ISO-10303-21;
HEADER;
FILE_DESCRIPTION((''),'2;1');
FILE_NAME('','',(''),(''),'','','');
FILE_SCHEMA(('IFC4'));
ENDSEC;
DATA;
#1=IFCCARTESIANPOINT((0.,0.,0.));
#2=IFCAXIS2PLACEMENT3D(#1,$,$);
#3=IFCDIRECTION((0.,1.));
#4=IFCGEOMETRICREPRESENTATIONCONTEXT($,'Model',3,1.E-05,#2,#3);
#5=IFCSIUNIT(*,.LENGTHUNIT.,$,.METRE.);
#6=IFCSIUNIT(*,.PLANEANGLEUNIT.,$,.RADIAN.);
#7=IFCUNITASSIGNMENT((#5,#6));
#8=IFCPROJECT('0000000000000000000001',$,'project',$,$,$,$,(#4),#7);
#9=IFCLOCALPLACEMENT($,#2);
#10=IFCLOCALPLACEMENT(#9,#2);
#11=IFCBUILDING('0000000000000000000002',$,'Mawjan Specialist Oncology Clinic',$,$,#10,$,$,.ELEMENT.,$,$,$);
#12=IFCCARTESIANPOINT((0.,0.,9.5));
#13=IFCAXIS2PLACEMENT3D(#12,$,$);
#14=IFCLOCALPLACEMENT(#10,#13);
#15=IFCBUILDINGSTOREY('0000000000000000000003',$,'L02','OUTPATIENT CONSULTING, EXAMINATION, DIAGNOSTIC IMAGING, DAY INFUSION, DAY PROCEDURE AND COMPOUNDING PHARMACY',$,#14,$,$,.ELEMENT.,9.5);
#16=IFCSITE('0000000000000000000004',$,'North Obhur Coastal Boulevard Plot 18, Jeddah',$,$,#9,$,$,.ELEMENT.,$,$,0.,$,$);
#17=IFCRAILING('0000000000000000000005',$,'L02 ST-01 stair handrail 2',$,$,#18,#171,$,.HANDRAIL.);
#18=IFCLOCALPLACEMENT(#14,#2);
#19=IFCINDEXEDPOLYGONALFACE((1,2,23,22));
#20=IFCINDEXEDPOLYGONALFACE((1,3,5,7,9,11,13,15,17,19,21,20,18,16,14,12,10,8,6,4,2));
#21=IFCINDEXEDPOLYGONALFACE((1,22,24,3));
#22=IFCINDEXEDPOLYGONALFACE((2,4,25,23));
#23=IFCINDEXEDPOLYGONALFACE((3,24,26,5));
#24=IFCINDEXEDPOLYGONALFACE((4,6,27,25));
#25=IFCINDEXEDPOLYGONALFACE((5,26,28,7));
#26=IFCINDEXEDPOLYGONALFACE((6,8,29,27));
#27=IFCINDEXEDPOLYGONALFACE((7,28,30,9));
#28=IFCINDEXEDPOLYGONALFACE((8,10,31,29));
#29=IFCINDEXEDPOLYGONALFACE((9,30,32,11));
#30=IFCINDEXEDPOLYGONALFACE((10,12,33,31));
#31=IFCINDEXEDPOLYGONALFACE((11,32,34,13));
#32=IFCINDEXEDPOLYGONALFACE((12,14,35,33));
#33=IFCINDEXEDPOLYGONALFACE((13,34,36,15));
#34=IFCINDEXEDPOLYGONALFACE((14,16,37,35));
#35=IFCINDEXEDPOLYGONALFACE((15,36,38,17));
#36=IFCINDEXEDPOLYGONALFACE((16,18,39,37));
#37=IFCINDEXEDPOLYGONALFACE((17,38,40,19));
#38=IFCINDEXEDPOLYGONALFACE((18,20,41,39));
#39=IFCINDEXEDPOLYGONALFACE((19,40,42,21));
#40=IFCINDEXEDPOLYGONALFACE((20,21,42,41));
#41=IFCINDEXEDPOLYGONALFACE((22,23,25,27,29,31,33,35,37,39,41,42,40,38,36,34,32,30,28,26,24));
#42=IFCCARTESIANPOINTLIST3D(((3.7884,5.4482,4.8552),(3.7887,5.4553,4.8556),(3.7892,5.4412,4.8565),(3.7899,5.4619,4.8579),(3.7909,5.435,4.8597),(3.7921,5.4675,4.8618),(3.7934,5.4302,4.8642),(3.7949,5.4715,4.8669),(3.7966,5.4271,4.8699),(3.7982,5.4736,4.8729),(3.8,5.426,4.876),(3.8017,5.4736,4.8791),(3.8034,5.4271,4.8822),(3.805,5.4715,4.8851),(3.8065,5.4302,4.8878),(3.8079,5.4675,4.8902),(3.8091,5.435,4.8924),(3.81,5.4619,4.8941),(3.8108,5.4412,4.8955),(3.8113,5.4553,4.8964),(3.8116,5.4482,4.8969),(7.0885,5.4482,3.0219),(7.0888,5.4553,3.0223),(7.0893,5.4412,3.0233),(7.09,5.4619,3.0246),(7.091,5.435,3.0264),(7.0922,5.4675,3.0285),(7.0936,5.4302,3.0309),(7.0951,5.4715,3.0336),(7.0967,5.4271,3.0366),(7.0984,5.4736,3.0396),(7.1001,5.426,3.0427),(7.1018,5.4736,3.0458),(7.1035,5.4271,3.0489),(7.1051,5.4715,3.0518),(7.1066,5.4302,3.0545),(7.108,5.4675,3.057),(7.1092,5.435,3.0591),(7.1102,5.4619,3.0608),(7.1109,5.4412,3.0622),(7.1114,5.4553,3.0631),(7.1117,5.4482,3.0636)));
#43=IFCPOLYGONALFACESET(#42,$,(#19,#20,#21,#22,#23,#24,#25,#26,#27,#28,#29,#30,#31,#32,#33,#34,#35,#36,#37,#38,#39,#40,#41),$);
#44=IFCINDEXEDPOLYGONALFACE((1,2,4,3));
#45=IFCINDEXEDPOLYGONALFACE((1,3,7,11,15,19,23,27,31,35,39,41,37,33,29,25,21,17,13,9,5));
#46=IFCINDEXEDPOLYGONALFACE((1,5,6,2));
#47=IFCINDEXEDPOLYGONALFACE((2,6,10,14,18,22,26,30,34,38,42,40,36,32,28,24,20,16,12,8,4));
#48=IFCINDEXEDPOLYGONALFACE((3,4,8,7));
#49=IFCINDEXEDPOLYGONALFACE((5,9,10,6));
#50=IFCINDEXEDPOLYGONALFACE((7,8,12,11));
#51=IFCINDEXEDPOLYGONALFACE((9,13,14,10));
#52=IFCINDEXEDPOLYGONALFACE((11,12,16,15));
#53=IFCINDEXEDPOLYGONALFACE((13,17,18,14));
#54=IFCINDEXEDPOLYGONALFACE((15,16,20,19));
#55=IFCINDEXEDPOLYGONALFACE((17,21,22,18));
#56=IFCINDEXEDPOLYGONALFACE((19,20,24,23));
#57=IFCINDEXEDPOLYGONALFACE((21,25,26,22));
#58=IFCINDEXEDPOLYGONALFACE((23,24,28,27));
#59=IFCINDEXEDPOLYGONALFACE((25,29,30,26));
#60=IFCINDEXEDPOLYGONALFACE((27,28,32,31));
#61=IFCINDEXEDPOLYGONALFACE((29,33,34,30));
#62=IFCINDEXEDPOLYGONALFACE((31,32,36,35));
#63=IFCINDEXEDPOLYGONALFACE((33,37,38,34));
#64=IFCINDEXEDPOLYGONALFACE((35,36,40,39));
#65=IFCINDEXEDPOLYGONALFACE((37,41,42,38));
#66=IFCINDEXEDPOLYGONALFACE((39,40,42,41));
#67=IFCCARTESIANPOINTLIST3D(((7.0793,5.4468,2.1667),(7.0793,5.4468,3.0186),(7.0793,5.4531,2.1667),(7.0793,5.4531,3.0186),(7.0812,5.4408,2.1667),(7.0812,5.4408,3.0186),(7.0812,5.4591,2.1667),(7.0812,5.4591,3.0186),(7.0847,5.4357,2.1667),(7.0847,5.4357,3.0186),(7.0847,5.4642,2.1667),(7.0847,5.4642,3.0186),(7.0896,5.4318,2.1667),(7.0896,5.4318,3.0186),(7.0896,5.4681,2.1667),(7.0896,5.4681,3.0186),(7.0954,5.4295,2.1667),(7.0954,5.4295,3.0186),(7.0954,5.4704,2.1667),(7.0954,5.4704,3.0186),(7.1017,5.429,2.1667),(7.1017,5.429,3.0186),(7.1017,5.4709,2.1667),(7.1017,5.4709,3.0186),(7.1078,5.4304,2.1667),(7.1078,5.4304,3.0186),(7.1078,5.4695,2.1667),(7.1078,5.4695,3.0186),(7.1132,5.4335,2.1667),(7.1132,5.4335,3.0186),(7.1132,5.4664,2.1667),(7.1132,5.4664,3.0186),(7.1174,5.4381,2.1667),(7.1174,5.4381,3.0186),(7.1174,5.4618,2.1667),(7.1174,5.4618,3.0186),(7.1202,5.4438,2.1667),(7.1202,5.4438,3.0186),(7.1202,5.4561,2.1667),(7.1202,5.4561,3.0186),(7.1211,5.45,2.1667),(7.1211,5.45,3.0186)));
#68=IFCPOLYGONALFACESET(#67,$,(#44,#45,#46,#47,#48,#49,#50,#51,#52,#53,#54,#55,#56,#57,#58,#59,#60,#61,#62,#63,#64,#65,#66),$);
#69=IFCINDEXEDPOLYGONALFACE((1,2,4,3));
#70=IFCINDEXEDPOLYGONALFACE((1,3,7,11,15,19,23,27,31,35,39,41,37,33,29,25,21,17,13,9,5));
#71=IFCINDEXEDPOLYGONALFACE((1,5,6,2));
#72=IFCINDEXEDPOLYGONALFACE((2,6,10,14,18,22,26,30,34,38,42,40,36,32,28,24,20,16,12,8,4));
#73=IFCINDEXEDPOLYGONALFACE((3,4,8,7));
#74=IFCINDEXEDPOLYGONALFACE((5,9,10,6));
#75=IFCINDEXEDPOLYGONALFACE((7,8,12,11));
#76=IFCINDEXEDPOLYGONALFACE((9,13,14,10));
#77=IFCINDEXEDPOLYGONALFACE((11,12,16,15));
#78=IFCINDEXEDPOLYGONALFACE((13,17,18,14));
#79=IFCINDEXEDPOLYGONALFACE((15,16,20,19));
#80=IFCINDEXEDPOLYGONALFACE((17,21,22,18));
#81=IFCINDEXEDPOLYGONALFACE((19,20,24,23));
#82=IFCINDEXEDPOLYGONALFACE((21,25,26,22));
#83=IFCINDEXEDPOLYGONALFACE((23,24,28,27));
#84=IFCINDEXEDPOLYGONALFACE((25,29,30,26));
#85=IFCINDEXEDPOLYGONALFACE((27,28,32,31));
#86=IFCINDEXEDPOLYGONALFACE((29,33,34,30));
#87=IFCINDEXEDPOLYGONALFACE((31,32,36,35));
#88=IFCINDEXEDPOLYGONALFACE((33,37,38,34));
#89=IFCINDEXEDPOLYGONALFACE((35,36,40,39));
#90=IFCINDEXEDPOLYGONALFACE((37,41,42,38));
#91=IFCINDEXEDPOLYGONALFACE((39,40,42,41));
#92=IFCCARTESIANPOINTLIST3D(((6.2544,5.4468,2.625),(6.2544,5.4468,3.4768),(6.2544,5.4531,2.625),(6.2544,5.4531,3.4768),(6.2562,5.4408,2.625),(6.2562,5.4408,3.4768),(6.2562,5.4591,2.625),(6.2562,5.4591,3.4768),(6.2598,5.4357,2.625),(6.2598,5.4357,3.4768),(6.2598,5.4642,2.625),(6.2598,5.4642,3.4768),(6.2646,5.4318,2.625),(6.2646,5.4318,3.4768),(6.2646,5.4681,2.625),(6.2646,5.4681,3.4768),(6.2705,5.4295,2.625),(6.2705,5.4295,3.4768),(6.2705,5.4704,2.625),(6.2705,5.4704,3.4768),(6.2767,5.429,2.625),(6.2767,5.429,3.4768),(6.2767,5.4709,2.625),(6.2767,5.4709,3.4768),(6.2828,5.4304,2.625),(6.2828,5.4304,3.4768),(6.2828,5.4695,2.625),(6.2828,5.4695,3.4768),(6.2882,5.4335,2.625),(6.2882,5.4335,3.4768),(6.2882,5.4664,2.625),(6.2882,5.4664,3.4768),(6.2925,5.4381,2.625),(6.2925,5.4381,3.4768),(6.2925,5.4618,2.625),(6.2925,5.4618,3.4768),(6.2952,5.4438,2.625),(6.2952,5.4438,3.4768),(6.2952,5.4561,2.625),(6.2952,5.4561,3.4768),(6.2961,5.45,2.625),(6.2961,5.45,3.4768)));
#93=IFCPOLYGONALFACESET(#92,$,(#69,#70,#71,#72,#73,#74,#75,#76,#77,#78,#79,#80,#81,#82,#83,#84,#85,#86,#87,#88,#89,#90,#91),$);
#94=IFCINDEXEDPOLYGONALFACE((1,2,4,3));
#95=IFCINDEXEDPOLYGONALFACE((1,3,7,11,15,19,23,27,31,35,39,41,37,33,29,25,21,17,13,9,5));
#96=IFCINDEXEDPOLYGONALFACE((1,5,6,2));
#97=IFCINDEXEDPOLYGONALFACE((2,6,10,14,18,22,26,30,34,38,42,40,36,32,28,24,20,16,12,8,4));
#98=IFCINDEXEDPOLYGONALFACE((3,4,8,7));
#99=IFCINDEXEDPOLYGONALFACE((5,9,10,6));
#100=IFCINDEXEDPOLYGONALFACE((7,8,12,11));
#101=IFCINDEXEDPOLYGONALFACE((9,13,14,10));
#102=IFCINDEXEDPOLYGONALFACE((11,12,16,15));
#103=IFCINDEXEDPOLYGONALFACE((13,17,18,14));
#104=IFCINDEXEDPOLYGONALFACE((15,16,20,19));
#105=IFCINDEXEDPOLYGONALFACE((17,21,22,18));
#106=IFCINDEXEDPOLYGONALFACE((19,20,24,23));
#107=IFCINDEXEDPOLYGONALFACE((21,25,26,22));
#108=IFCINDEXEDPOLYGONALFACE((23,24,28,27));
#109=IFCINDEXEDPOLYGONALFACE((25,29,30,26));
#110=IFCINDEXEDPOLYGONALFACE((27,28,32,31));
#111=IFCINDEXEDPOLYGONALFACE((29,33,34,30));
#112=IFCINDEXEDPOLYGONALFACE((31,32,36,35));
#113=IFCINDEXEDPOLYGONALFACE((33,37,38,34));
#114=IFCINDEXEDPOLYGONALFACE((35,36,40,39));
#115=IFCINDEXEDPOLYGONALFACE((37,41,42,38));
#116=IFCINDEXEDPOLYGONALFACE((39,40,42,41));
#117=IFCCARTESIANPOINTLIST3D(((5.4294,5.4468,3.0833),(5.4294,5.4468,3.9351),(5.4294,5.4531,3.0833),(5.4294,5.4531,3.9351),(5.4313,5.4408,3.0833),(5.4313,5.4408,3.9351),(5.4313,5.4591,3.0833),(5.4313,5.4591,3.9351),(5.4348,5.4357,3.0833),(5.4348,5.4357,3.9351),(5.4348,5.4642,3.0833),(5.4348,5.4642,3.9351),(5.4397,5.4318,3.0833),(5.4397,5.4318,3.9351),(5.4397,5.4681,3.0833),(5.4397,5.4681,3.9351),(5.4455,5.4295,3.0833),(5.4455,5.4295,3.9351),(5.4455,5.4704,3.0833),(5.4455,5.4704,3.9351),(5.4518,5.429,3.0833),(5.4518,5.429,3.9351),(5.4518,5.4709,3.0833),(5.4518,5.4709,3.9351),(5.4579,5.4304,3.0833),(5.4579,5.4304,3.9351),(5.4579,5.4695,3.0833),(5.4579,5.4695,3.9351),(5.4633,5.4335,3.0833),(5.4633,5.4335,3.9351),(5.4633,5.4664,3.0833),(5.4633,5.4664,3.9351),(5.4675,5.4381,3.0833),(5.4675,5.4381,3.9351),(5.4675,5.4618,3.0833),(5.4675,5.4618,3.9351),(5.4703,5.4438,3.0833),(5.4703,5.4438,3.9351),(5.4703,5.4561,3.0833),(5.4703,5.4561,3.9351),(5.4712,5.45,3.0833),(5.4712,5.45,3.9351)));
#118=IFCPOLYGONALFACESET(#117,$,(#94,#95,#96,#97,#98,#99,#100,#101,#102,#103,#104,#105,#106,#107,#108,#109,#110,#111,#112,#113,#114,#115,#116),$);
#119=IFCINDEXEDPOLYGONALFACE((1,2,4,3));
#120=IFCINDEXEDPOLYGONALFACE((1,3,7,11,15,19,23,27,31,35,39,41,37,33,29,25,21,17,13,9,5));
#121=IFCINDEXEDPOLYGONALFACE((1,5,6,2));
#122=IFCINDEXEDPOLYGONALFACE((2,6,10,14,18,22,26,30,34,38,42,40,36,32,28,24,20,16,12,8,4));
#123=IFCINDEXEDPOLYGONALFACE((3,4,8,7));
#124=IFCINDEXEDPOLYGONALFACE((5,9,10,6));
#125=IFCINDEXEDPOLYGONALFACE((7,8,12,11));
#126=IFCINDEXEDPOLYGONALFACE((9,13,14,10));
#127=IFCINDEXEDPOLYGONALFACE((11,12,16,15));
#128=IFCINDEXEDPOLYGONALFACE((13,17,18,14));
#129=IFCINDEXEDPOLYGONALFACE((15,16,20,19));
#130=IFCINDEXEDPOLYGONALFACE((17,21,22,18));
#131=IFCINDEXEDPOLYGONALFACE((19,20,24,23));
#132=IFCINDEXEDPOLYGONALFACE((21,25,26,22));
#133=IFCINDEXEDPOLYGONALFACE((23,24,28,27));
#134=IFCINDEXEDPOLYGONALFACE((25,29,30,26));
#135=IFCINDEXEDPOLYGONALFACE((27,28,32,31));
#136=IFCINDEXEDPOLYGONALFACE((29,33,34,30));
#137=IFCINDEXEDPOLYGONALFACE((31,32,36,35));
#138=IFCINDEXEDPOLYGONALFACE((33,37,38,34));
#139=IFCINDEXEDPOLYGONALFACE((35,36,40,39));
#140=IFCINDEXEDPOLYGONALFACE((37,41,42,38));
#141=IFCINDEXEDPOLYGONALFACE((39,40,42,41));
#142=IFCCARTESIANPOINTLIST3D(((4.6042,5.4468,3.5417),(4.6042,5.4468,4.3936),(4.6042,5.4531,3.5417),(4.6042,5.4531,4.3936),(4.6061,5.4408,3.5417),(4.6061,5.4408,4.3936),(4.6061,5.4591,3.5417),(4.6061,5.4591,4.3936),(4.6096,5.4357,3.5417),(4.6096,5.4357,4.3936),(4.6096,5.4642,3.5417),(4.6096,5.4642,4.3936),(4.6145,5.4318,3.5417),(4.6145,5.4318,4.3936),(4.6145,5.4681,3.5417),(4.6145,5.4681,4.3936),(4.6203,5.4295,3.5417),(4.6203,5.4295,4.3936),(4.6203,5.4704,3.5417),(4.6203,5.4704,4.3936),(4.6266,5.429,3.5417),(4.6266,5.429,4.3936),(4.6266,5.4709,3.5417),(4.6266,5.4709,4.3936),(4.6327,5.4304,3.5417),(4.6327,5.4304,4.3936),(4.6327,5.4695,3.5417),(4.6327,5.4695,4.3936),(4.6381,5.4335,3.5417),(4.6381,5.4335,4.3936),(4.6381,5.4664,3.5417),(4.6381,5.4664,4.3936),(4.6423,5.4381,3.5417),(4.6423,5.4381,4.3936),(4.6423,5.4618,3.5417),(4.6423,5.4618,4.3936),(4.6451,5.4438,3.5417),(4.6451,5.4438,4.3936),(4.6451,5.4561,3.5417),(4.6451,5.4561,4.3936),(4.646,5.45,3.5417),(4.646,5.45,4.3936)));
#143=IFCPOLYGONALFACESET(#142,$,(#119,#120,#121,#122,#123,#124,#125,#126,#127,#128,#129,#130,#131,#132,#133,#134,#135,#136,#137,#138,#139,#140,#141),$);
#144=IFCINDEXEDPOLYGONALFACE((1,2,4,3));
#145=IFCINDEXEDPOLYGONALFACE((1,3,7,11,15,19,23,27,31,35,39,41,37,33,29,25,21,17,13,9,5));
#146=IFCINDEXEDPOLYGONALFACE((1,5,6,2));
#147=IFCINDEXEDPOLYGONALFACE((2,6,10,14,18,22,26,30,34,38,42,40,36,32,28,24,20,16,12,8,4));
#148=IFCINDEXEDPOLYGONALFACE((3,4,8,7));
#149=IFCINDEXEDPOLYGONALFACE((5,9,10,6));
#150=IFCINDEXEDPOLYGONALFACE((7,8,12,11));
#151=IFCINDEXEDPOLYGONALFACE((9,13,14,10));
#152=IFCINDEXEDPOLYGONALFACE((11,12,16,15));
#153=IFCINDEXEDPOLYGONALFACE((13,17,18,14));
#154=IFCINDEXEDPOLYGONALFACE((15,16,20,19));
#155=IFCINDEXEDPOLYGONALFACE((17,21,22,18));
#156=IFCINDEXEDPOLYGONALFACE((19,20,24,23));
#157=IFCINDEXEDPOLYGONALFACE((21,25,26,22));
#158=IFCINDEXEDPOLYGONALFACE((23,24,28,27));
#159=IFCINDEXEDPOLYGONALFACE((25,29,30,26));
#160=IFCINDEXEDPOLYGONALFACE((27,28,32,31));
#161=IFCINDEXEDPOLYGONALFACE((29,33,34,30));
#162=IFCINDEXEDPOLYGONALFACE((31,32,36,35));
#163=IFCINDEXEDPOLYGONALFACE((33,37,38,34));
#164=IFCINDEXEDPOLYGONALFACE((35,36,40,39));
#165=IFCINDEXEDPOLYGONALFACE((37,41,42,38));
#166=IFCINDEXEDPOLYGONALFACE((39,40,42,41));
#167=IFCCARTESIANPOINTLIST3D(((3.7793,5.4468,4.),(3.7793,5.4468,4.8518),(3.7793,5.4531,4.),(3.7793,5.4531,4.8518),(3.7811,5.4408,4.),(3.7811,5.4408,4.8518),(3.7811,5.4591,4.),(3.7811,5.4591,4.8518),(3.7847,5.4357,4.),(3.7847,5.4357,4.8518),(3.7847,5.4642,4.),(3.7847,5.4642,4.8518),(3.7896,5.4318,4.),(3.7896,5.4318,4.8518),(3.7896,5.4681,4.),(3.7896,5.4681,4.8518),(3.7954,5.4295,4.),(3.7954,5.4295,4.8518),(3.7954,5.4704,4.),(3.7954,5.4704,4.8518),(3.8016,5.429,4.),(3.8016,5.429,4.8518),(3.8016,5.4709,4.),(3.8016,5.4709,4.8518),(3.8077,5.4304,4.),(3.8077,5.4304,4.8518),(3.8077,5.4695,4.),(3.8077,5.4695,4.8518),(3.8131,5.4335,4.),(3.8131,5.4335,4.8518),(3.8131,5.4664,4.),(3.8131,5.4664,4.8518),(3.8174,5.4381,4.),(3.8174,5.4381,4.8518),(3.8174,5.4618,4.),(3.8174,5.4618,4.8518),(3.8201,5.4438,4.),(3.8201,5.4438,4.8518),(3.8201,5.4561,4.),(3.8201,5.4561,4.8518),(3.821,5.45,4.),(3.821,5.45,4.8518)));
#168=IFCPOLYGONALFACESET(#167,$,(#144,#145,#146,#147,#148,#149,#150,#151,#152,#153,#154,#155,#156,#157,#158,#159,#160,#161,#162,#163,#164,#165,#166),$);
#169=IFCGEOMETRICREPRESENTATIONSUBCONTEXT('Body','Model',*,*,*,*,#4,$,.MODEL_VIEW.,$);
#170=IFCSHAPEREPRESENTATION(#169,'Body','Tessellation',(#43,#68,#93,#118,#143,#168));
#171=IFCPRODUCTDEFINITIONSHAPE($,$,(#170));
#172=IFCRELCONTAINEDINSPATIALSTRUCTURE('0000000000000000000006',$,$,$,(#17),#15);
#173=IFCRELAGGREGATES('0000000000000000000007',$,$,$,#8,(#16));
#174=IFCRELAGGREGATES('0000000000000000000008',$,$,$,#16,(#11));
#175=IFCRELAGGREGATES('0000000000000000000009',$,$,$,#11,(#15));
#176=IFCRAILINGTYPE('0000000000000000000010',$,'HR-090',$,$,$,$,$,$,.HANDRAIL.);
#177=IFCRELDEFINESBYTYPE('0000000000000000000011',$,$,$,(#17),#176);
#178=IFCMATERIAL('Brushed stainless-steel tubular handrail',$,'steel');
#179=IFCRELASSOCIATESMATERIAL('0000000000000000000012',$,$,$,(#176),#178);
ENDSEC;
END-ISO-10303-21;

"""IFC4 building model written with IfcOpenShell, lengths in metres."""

from ifc_helpers import new_model, si_unit, direction, frame, origin, origin_2d, place, context, subcontext, project, spatial, circle, extrude, material, type_object, element, save


model = new_model("IFC4")

# Units and contexts
model_context = context("Model", 3, precision=1e-05, world=origin(), true_north=direction((0.0, 1.0)))
body_context = subcontext(model_context, "Body", "Model", "MODEL_VIEW")
ifc_project = project(units=[si_unit("LENGTHUNIT", "METRE"), si_unit("PLANEANGLEUNIT", "RADIAN")], contexts=[model_context])

# Site, building, storey
site_placement = place(None, origin())
site = spatial("IfcSite", under=ifc_project, at=site_placement, Name="North Obhur Coastal Boulevard Plot 18, Jeddah", CompositionType="ELEMENT", RefElevation=0.0)
building_placement = place(site_placement, origin())
building = spatial("IfcBuilding", under=site, at=building_placement, Name="Mawjan Specialist Oncology Clinic", CompositionType="ELEMENT")
storey_placement = place(building_placement, frame((0.0, 0.0, 9.5)))
storey = spatial("IfcBuildingStorey", under=building, at=storey_placement, Name="L02", Description="OUTPATIENT CONSULTING, EXAMINATION, DIAGNOSTIC IMAGING, DAY INFUSION, DAY PROCEDURE AND COMPOUNDING PHARMACY", CompositionType="ELEMENT", Elevation=9.5)

# Railing
ifc_material_1 = material(Name="Brushed stainless-steel tubular handrail", Category="steel")
railing_type_1 = type_object("IfcRailingType", Name="HR-090", PredefinedType="HANDRAIL", material=ifc_material_1)
railing_1_placement = place(storey_placement, frame((7.1001, 5.45, 2.1667)))
element("IfcRailing", 1, at=railing_1_placement, inside=storey, type_object=railing_type_1, Name="L02 ST-01 stair handrail 2", PredefinedType="HANDRAIL", context=body_context, shape_type="SweptSolid", body=[
    extrude(circle(Radius=0.0239, at=origin_2d()), frame((0.0, 0.0, 0.876), z_axis=(-0.874169, 0.0, 0.485621), x_axis=(0.0, -1.0, 0.0)), (0.0, 0.0, 1.0), 3.7751),
    extrude(circle(Radius=0.021, at=origin_2d()), origin(), (0.0, 0.0, 1.0), 0.8518),
    extrude(circle(Radius=0.021, at=origin_2d()), frame((-0.825, 0.0, 0.4583)), (0.0, 0.0, 1.0), 0.8518),
    extrude(circle(Radius=0.021, at=origin_2d()), frame((-1.6499, 0.0, 0.9165)), (0.0, 0.0, 1.0), 0.8518),
    extrude(circle(Radius=0.021, at=origin_2d()), frame((-2.4751, 0.0, 1.375)), (0.0, 0.0, 1.0), 0.8518),
    extrude(circle(Radius=0.021, at=origin_2d()), frame((-3.3, 0.0, 1.8333)), (0.0, 0.0, 1.0), 0.8518),
])

save(model, "model.ifc")
